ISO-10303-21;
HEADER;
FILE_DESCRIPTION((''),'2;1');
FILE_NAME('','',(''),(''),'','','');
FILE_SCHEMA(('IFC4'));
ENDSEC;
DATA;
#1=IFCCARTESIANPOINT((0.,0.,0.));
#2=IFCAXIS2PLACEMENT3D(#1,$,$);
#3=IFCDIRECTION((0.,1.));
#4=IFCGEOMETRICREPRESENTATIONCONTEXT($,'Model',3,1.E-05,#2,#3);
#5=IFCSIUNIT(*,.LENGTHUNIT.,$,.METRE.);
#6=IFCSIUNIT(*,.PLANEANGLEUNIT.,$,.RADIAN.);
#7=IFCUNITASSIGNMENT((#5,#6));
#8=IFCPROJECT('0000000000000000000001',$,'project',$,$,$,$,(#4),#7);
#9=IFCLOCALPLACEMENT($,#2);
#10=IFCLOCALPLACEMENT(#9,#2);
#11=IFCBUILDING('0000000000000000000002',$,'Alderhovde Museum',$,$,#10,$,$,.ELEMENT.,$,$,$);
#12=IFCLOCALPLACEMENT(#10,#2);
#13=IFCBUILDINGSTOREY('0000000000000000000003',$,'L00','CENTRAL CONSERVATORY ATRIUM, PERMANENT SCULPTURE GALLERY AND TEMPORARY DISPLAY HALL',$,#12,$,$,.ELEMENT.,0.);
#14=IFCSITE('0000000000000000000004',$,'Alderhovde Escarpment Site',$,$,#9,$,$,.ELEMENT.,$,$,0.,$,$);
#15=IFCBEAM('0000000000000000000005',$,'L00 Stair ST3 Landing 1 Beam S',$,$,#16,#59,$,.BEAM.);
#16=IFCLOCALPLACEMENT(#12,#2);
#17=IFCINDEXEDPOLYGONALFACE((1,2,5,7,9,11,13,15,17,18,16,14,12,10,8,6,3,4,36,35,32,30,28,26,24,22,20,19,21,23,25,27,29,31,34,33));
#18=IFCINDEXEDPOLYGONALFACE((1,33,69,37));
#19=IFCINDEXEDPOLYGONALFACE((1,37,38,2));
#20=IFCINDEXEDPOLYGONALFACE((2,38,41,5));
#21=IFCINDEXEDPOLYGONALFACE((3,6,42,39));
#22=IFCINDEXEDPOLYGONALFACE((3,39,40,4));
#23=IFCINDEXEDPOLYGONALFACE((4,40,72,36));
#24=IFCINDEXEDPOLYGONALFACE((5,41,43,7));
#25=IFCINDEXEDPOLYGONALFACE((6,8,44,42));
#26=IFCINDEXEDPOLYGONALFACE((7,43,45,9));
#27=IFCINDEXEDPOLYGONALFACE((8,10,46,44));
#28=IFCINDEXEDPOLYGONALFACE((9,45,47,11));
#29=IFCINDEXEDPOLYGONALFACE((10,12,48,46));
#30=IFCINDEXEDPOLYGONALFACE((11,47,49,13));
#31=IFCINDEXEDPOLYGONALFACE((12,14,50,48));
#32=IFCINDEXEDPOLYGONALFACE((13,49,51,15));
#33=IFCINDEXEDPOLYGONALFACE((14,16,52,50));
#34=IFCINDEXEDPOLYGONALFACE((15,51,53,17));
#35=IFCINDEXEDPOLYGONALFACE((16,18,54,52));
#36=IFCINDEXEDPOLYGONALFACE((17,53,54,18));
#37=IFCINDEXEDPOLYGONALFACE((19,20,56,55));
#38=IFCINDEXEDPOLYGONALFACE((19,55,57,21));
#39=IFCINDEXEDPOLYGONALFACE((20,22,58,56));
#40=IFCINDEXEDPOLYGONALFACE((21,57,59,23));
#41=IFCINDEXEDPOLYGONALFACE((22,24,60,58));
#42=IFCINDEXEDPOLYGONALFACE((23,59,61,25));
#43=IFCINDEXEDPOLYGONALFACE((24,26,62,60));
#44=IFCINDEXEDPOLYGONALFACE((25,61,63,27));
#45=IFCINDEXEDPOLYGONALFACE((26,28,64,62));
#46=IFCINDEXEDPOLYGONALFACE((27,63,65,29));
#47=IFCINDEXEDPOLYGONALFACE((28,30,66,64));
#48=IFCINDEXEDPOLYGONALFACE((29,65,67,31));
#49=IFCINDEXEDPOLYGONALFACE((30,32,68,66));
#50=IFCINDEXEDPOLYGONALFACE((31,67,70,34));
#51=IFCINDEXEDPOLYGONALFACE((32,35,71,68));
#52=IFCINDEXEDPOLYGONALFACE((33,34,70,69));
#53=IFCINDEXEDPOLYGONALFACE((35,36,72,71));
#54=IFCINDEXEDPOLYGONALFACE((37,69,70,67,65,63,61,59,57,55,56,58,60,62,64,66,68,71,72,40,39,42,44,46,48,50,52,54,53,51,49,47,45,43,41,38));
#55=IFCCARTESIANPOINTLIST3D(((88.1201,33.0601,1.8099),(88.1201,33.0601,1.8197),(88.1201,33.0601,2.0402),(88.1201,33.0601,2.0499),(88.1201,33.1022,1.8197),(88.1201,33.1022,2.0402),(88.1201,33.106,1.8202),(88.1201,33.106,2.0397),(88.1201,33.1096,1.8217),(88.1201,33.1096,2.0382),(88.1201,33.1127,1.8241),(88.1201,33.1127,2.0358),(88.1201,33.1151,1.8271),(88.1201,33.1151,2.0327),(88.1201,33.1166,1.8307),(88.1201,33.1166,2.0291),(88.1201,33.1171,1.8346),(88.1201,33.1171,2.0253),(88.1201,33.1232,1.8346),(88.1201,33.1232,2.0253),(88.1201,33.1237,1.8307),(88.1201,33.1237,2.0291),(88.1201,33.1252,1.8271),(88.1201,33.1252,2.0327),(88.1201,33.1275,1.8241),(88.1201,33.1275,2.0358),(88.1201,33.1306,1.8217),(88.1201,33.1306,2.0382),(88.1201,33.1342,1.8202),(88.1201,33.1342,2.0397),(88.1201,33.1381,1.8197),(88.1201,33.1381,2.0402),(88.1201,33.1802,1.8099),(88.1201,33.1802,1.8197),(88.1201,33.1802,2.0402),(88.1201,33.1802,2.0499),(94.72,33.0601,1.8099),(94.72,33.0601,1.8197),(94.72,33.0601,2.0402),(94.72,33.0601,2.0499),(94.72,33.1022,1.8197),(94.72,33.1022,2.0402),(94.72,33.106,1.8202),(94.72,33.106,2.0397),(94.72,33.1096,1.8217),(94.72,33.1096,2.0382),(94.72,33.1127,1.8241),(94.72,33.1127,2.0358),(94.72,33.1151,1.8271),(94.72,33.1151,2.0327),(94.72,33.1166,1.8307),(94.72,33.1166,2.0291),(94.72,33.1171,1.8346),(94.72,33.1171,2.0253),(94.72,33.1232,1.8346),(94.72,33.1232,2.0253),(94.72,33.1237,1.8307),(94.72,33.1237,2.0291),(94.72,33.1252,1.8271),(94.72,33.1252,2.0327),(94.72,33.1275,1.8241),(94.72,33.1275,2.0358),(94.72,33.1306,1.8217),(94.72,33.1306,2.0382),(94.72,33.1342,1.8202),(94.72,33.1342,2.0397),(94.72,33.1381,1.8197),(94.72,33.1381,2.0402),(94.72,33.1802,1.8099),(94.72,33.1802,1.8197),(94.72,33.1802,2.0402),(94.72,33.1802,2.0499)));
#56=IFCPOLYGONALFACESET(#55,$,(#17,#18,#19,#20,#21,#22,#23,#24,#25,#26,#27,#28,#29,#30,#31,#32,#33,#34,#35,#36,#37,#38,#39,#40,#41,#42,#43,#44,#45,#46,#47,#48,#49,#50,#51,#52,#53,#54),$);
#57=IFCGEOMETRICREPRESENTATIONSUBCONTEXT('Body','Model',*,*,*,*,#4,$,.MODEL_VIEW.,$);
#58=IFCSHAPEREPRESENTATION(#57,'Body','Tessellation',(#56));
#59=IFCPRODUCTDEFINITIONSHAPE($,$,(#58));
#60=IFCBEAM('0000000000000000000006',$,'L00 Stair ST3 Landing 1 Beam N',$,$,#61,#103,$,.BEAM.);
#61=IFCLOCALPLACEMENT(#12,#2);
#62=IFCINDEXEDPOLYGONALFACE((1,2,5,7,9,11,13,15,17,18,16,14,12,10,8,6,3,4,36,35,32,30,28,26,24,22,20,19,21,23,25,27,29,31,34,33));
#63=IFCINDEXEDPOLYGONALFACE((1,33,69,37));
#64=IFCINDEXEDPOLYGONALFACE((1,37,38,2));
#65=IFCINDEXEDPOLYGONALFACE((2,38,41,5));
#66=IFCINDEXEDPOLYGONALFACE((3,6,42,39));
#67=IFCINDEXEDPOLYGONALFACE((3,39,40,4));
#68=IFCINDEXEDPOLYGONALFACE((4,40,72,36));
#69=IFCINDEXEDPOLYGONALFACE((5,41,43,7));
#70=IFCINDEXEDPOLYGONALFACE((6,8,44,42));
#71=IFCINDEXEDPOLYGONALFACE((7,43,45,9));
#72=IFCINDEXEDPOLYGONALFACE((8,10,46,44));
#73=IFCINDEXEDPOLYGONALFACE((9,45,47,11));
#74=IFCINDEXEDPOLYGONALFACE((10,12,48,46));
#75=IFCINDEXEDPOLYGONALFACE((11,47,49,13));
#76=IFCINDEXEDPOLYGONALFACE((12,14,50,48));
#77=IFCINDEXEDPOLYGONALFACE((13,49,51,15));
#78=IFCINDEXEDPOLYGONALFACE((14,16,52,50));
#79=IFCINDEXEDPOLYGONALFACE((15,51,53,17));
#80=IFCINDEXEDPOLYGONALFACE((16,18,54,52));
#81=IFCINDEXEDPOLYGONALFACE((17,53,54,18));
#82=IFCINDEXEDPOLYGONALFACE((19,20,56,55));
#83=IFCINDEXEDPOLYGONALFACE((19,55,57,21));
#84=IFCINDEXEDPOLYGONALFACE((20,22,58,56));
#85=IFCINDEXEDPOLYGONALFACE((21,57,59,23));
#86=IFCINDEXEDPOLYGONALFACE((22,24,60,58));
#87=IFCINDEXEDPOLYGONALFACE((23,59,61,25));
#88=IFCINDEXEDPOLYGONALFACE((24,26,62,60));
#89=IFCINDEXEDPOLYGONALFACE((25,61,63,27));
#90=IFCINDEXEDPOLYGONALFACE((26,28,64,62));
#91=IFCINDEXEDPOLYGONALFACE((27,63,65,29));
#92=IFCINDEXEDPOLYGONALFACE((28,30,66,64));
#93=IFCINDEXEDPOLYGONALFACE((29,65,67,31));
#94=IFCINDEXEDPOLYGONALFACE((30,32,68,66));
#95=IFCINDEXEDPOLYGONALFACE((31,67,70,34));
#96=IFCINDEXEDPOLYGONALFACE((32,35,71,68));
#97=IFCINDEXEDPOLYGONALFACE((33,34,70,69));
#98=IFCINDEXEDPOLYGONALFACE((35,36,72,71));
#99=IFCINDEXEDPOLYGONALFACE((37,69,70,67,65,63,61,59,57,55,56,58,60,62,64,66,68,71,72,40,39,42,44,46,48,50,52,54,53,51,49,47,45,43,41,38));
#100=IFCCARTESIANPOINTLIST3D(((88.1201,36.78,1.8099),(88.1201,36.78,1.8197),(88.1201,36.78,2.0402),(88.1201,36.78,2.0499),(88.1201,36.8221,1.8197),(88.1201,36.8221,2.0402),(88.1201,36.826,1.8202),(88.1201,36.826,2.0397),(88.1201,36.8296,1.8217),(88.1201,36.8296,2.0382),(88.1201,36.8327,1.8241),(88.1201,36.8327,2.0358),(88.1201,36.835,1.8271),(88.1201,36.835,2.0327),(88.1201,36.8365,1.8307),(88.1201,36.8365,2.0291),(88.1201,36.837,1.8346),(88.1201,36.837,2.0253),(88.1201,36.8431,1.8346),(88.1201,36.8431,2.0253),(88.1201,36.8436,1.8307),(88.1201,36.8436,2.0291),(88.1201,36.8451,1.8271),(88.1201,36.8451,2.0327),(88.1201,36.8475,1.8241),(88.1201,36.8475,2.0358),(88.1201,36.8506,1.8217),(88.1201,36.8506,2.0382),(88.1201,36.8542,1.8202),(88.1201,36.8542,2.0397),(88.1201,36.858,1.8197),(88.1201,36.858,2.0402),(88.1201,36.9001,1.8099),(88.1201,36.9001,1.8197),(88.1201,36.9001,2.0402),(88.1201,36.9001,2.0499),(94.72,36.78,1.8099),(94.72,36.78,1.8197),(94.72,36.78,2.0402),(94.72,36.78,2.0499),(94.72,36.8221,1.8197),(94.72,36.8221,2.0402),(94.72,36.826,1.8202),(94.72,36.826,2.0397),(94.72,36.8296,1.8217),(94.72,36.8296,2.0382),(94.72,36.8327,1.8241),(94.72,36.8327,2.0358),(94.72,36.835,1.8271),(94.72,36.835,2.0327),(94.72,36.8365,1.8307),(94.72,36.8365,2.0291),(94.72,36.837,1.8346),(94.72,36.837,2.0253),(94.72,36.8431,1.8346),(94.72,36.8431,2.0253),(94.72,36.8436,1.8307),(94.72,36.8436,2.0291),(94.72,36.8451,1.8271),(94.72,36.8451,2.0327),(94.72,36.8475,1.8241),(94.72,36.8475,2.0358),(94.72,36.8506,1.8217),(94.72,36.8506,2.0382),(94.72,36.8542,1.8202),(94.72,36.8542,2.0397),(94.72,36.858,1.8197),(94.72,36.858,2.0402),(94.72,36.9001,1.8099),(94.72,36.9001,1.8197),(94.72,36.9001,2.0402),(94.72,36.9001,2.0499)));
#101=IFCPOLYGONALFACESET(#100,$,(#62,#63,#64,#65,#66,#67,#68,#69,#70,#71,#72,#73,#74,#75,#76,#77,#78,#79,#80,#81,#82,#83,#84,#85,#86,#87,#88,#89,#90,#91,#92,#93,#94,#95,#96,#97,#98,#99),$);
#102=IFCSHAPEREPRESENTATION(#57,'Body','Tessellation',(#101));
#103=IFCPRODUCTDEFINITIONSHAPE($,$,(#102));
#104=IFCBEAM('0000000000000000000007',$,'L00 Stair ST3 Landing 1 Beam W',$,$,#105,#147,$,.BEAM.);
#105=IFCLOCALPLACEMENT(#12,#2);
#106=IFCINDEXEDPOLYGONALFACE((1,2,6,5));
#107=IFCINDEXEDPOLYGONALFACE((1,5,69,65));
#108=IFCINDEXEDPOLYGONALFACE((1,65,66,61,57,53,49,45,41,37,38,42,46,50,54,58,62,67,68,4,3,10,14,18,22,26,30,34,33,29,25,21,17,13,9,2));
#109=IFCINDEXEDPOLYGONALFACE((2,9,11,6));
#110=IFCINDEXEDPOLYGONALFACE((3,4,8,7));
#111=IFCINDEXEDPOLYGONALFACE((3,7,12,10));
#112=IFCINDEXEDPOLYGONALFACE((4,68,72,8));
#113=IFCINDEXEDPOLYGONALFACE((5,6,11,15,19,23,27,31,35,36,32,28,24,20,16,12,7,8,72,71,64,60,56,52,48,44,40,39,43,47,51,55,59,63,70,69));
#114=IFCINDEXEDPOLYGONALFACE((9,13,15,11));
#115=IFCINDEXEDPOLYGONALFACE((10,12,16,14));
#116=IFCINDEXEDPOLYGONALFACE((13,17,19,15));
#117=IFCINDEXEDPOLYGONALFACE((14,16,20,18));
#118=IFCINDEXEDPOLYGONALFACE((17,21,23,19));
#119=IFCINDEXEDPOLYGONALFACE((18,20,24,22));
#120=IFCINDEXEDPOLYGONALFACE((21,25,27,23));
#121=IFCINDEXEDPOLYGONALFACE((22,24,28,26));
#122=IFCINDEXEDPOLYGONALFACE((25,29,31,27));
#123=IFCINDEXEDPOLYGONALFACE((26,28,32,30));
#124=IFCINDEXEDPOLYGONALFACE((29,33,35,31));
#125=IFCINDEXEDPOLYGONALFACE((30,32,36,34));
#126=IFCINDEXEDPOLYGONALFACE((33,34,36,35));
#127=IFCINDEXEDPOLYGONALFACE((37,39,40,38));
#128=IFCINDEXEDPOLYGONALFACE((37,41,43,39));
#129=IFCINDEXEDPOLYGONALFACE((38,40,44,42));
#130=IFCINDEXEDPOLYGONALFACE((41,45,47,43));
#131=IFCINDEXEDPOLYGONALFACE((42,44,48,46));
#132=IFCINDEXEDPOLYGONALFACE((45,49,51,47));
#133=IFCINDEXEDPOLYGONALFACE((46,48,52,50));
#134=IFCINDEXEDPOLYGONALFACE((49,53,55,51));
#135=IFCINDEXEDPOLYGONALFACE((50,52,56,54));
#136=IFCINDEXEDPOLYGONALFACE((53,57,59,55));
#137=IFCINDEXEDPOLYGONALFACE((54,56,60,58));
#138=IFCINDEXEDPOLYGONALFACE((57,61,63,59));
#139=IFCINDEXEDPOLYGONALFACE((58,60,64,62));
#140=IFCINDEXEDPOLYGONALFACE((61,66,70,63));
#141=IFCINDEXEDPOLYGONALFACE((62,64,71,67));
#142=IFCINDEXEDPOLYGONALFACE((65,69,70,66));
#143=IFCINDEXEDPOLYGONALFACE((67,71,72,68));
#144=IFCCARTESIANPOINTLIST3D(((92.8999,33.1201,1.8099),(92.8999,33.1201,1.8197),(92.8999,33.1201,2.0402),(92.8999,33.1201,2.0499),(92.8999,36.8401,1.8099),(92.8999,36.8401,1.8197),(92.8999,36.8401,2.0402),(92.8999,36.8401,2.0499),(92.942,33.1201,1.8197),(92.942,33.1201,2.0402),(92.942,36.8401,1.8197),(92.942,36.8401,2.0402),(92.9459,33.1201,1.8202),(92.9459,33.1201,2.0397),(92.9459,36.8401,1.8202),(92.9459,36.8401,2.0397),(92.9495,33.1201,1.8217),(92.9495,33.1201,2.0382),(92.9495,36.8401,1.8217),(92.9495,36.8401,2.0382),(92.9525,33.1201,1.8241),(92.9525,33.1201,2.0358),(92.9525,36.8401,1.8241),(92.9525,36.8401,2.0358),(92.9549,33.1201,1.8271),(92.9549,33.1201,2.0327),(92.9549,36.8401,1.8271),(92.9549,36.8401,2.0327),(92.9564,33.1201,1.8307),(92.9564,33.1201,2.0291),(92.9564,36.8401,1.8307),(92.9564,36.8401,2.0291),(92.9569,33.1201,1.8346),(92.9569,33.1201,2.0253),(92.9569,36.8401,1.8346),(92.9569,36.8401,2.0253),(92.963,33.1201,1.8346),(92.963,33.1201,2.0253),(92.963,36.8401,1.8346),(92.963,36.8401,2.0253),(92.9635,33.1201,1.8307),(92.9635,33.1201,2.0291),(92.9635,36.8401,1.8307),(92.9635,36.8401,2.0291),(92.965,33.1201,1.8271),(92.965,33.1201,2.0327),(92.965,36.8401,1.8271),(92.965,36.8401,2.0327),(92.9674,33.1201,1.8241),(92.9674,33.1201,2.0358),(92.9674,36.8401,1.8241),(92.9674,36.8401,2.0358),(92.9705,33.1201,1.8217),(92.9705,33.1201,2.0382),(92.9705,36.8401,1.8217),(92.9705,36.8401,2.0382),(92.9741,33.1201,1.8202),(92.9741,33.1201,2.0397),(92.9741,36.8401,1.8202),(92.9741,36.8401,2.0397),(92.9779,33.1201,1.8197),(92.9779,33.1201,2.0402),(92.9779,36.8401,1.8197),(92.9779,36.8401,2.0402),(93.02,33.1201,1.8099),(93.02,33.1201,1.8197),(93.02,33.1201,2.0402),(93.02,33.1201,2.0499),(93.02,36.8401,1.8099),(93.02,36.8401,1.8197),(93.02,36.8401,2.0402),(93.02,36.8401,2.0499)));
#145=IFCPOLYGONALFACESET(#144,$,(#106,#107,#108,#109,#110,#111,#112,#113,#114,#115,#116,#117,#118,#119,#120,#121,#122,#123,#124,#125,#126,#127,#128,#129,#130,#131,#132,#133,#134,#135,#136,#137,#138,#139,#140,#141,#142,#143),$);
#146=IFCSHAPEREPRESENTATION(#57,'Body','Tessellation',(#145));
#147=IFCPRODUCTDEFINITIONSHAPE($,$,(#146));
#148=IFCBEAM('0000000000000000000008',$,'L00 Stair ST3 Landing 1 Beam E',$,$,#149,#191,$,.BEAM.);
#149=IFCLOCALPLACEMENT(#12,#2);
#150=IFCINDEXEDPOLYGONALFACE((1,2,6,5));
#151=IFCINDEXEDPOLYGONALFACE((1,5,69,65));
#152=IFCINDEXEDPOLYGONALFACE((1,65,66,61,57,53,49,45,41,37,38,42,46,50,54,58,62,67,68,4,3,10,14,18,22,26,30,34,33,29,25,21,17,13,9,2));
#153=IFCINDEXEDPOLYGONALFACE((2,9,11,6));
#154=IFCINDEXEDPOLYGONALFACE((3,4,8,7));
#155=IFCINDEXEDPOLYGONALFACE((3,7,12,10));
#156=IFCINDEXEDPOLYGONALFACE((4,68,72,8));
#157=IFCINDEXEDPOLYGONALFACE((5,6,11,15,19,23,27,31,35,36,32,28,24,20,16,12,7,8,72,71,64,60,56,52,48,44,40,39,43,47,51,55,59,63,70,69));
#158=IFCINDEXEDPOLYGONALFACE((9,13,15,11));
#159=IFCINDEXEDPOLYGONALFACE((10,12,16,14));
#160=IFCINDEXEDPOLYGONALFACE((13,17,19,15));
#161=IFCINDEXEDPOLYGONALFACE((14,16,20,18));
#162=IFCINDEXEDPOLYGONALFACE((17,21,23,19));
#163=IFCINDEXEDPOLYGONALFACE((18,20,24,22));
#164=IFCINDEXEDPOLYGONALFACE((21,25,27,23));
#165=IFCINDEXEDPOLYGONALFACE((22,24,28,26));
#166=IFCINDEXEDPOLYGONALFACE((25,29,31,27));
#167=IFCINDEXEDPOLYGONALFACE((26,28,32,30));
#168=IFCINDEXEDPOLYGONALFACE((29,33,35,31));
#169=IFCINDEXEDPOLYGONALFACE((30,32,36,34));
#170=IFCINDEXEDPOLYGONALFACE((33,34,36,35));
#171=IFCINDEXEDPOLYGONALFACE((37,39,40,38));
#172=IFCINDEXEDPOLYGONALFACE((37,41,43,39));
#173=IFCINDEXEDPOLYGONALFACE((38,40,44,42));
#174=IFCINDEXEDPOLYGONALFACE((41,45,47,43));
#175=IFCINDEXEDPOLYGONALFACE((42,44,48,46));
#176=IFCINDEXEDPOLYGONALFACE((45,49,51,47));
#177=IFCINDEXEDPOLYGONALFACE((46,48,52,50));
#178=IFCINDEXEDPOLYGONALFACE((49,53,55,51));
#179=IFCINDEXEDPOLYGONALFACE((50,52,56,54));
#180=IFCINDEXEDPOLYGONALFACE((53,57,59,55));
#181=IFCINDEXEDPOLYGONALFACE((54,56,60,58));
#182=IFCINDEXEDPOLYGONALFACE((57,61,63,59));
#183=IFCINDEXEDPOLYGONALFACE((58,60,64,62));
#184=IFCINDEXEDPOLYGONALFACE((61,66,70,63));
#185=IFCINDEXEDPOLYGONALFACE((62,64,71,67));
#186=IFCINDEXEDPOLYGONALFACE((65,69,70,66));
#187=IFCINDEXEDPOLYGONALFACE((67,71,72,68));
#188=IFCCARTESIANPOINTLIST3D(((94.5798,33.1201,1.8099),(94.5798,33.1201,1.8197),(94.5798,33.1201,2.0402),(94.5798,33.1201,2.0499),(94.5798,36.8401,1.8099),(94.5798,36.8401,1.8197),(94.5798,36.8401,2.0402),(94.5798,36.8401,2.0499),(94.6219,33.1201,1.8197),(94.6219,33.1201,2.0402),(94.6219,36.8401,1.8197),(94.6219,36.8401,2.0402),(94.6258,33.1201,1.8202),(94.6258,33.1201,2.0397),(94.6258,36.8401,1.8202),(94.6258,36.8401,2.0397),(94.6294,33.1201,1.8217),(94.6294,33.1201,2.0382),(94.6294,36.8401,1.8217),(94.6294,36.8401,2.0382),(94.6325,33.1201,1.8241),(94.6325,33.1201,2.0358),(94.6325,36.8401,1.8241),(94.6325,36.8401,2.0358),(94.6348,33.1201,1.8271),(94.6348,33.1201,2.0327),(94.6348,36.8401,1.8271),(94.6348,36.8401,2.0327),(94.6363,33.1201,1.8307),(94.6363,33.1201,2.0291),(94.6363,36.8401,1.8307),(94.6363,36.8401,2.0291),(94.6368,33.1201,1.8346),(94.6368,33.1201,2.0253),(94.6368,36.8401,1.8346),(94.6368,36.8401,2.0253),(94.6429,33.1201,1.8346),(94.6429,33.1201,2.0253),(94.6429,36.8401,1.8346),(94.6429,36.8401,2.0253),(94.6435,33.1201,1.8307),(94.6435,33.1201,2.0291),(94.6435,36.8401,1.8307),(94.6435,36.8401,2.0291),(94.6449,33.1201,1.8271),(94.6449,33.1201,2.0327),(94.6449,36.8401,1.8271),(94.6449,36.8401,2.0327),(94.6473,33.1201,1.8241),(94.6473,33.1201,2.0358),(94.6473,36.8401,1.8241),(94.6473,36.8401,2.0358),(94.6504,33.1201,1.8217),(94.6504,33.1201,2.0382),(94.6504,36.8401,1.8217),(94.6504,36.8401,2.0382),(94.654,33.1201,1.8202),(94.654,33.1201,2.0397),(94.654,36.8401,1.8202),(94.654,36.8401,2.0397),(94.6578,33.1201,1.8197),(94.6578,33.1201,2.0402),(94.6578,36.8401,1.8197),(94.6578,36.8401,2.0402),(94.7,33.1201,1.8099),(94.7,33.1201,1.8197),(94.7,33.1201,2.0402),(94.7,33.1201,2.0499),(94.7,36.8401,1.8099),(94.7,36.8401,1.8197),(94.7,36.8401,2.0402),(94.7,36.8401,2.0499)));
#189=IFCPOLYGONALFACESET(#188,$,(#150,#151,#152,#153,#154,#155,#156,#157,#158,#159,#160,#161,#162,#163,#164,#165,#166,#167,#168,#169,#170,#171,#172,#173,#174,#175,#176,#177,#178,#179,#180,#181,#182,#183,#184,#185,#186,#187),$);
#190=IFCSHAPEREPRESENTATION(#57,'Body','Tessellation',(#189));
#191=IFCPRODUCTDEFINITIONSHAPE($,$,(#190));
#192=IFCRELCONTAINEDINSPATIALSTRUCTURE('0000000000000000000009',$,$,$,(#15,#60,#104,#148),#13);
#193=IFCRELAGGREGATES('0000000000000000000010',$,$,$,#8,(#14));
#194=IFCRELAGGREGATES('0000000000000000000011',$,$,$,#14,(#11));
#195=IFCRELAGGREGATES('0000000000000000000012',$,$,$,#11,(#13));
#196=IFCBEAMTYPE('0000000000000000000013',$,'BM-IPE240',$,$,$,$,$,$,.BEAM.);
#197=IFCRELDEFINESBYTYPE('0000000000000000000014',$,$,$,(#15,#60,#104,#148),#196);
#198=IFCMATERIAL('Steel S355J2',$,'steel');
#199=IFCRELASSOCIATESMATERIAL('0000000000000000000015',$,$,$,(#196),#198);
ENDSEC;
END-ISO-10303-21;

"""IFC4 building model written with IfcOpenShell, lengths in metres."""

from ifc_helpers import new_model, si_unit, direction, frame, origin, origin_2d, place, context, subcontext, project, spatial, i_section, extrude, material, material_profile, profile_set, type_object, element, save


model = new_model("IFC4")

# Units and contexts
model_context = context("Model", 3, precision=1e-05, world=origin(), true_north=direction((0.0, 1.0)))
body_context = subcontext(model_context, "Body", "Model", "MODEL_VIEW")
ifc_project = project(units=[si_unit("LENGTHUNIT", "METRE"), si_unit("PLANEANGLEUNIT", "RADIAN")], contexts=[model_context])

# Site, building, storey
site_placement = place(None, origin())
site = spatial("IfcSite", under=ifc_project, at=site_placement, Name="Alderhovde Escarpment Site", CompositionType="ELEMENT", RefElevation=0.0)
building_placement = place(site_placement, origin())
building = spatial("IfcBuilding", under=site, at=building_placement, Name="Alderhovde Museum", CompositionType="ELEMENT")
storey_placement = place(building_placement, origin())
storey = spatial("IfcBuildingStorey", under=building, at=storey_placement, Name="L00", Description="CENTRAL CONSERVATORY ATRIUM, PERMANENT SCULPTURE GALLERY AND TEMPORARY DISPLAY HALL", CompositionType="ELEMENT", Elevation=0.0)

# Beams
ifc_material_1 = material(Name="Steel S355J2", Category="steel")
ifc_material_profile_1 = material_profile(ifc_material_1, i_section(OverallWidth=0.1201, OverallDepth=0.24, WebThickness=0.0061, FlangeThickness=0.0098, FilletRadius=0.0149, at=origin_2d()), Name="IPE 240")
ifc_profile_set_1 = profile_set([ifc_material_profile_1], Name="Steel S355J2")
beam_type_1 = type_object("IfcBeamType", Name="BM-IPE240", PredefinedType="BEAM", material=ifc_profile_set_1)
for number, where, z_axis, x_axis, name in (
    (1, (88.1201, 33.1201, 1.9299), (1.0, 0.0, 0.0), (0.0, 1.0, 0.0), "L00 Stair ST3 Landing 1 Beam S"),
    (2, (88.1201, 36.8401, 1.9299), (1.0, 0.0, 0.0), (0.0, 1.0, 0.0), "L00 Stair ST3 Landing 1 Beam N"),
):
    element("IfcBeam", number, at=place(storey_placement, frame(where, z_axis=z_axis, x_axis=x_axis)), inside=storey, type_object=beam_type_1, Name=name, PredefinedType="BEAM", context=body_context, shape_type="SweptSolid", body=[
        extrude(i_section(OverallWidth=0.1201, OverallDepth=0.24, WebThickness=0.0061, FlangeThickness=0.0098, FilletRadius=0.0149, at=origin_2d()), origin(), (0.0, 0.0, 1.0), 6.5999),
    ])
for number, where, z_axis, x_axis, name in (
    (3, (92.96, 33.1201, 1.9299), (0.0, 1.0, 0.0), (-1.0, 0.0, 0.0), "L00 Stair ST3 Landing 1 Beam W"),
    (4, (94.6399, 33.1201, 1.9299), (0.0, 1.0, 0.0), (-1.0, 0.0, 0.0), "L00 Stair ST3 Landing 1 Beam E"),
):
    element("IfcBeam", number, at=place(storey_placement, frame(where, z_axis=z_axis, x_axis=x_axis)), inside=storey, type_object=beam_type_1, Name=name, PredefinedType="BEAM", context=body_context, shape_type="SweptSolid", body=[
        extrude(i_section(OverallWidth=0.1201, OverallDepth=0.24, WebThickness=0.0061, FlangeThickness=0.0098, FilletRadius=0.0149, at=origin_2d()), origin(), (0.0, 0.0, 1.0), 3.72),
    ])

save(model, "model.ifc")
